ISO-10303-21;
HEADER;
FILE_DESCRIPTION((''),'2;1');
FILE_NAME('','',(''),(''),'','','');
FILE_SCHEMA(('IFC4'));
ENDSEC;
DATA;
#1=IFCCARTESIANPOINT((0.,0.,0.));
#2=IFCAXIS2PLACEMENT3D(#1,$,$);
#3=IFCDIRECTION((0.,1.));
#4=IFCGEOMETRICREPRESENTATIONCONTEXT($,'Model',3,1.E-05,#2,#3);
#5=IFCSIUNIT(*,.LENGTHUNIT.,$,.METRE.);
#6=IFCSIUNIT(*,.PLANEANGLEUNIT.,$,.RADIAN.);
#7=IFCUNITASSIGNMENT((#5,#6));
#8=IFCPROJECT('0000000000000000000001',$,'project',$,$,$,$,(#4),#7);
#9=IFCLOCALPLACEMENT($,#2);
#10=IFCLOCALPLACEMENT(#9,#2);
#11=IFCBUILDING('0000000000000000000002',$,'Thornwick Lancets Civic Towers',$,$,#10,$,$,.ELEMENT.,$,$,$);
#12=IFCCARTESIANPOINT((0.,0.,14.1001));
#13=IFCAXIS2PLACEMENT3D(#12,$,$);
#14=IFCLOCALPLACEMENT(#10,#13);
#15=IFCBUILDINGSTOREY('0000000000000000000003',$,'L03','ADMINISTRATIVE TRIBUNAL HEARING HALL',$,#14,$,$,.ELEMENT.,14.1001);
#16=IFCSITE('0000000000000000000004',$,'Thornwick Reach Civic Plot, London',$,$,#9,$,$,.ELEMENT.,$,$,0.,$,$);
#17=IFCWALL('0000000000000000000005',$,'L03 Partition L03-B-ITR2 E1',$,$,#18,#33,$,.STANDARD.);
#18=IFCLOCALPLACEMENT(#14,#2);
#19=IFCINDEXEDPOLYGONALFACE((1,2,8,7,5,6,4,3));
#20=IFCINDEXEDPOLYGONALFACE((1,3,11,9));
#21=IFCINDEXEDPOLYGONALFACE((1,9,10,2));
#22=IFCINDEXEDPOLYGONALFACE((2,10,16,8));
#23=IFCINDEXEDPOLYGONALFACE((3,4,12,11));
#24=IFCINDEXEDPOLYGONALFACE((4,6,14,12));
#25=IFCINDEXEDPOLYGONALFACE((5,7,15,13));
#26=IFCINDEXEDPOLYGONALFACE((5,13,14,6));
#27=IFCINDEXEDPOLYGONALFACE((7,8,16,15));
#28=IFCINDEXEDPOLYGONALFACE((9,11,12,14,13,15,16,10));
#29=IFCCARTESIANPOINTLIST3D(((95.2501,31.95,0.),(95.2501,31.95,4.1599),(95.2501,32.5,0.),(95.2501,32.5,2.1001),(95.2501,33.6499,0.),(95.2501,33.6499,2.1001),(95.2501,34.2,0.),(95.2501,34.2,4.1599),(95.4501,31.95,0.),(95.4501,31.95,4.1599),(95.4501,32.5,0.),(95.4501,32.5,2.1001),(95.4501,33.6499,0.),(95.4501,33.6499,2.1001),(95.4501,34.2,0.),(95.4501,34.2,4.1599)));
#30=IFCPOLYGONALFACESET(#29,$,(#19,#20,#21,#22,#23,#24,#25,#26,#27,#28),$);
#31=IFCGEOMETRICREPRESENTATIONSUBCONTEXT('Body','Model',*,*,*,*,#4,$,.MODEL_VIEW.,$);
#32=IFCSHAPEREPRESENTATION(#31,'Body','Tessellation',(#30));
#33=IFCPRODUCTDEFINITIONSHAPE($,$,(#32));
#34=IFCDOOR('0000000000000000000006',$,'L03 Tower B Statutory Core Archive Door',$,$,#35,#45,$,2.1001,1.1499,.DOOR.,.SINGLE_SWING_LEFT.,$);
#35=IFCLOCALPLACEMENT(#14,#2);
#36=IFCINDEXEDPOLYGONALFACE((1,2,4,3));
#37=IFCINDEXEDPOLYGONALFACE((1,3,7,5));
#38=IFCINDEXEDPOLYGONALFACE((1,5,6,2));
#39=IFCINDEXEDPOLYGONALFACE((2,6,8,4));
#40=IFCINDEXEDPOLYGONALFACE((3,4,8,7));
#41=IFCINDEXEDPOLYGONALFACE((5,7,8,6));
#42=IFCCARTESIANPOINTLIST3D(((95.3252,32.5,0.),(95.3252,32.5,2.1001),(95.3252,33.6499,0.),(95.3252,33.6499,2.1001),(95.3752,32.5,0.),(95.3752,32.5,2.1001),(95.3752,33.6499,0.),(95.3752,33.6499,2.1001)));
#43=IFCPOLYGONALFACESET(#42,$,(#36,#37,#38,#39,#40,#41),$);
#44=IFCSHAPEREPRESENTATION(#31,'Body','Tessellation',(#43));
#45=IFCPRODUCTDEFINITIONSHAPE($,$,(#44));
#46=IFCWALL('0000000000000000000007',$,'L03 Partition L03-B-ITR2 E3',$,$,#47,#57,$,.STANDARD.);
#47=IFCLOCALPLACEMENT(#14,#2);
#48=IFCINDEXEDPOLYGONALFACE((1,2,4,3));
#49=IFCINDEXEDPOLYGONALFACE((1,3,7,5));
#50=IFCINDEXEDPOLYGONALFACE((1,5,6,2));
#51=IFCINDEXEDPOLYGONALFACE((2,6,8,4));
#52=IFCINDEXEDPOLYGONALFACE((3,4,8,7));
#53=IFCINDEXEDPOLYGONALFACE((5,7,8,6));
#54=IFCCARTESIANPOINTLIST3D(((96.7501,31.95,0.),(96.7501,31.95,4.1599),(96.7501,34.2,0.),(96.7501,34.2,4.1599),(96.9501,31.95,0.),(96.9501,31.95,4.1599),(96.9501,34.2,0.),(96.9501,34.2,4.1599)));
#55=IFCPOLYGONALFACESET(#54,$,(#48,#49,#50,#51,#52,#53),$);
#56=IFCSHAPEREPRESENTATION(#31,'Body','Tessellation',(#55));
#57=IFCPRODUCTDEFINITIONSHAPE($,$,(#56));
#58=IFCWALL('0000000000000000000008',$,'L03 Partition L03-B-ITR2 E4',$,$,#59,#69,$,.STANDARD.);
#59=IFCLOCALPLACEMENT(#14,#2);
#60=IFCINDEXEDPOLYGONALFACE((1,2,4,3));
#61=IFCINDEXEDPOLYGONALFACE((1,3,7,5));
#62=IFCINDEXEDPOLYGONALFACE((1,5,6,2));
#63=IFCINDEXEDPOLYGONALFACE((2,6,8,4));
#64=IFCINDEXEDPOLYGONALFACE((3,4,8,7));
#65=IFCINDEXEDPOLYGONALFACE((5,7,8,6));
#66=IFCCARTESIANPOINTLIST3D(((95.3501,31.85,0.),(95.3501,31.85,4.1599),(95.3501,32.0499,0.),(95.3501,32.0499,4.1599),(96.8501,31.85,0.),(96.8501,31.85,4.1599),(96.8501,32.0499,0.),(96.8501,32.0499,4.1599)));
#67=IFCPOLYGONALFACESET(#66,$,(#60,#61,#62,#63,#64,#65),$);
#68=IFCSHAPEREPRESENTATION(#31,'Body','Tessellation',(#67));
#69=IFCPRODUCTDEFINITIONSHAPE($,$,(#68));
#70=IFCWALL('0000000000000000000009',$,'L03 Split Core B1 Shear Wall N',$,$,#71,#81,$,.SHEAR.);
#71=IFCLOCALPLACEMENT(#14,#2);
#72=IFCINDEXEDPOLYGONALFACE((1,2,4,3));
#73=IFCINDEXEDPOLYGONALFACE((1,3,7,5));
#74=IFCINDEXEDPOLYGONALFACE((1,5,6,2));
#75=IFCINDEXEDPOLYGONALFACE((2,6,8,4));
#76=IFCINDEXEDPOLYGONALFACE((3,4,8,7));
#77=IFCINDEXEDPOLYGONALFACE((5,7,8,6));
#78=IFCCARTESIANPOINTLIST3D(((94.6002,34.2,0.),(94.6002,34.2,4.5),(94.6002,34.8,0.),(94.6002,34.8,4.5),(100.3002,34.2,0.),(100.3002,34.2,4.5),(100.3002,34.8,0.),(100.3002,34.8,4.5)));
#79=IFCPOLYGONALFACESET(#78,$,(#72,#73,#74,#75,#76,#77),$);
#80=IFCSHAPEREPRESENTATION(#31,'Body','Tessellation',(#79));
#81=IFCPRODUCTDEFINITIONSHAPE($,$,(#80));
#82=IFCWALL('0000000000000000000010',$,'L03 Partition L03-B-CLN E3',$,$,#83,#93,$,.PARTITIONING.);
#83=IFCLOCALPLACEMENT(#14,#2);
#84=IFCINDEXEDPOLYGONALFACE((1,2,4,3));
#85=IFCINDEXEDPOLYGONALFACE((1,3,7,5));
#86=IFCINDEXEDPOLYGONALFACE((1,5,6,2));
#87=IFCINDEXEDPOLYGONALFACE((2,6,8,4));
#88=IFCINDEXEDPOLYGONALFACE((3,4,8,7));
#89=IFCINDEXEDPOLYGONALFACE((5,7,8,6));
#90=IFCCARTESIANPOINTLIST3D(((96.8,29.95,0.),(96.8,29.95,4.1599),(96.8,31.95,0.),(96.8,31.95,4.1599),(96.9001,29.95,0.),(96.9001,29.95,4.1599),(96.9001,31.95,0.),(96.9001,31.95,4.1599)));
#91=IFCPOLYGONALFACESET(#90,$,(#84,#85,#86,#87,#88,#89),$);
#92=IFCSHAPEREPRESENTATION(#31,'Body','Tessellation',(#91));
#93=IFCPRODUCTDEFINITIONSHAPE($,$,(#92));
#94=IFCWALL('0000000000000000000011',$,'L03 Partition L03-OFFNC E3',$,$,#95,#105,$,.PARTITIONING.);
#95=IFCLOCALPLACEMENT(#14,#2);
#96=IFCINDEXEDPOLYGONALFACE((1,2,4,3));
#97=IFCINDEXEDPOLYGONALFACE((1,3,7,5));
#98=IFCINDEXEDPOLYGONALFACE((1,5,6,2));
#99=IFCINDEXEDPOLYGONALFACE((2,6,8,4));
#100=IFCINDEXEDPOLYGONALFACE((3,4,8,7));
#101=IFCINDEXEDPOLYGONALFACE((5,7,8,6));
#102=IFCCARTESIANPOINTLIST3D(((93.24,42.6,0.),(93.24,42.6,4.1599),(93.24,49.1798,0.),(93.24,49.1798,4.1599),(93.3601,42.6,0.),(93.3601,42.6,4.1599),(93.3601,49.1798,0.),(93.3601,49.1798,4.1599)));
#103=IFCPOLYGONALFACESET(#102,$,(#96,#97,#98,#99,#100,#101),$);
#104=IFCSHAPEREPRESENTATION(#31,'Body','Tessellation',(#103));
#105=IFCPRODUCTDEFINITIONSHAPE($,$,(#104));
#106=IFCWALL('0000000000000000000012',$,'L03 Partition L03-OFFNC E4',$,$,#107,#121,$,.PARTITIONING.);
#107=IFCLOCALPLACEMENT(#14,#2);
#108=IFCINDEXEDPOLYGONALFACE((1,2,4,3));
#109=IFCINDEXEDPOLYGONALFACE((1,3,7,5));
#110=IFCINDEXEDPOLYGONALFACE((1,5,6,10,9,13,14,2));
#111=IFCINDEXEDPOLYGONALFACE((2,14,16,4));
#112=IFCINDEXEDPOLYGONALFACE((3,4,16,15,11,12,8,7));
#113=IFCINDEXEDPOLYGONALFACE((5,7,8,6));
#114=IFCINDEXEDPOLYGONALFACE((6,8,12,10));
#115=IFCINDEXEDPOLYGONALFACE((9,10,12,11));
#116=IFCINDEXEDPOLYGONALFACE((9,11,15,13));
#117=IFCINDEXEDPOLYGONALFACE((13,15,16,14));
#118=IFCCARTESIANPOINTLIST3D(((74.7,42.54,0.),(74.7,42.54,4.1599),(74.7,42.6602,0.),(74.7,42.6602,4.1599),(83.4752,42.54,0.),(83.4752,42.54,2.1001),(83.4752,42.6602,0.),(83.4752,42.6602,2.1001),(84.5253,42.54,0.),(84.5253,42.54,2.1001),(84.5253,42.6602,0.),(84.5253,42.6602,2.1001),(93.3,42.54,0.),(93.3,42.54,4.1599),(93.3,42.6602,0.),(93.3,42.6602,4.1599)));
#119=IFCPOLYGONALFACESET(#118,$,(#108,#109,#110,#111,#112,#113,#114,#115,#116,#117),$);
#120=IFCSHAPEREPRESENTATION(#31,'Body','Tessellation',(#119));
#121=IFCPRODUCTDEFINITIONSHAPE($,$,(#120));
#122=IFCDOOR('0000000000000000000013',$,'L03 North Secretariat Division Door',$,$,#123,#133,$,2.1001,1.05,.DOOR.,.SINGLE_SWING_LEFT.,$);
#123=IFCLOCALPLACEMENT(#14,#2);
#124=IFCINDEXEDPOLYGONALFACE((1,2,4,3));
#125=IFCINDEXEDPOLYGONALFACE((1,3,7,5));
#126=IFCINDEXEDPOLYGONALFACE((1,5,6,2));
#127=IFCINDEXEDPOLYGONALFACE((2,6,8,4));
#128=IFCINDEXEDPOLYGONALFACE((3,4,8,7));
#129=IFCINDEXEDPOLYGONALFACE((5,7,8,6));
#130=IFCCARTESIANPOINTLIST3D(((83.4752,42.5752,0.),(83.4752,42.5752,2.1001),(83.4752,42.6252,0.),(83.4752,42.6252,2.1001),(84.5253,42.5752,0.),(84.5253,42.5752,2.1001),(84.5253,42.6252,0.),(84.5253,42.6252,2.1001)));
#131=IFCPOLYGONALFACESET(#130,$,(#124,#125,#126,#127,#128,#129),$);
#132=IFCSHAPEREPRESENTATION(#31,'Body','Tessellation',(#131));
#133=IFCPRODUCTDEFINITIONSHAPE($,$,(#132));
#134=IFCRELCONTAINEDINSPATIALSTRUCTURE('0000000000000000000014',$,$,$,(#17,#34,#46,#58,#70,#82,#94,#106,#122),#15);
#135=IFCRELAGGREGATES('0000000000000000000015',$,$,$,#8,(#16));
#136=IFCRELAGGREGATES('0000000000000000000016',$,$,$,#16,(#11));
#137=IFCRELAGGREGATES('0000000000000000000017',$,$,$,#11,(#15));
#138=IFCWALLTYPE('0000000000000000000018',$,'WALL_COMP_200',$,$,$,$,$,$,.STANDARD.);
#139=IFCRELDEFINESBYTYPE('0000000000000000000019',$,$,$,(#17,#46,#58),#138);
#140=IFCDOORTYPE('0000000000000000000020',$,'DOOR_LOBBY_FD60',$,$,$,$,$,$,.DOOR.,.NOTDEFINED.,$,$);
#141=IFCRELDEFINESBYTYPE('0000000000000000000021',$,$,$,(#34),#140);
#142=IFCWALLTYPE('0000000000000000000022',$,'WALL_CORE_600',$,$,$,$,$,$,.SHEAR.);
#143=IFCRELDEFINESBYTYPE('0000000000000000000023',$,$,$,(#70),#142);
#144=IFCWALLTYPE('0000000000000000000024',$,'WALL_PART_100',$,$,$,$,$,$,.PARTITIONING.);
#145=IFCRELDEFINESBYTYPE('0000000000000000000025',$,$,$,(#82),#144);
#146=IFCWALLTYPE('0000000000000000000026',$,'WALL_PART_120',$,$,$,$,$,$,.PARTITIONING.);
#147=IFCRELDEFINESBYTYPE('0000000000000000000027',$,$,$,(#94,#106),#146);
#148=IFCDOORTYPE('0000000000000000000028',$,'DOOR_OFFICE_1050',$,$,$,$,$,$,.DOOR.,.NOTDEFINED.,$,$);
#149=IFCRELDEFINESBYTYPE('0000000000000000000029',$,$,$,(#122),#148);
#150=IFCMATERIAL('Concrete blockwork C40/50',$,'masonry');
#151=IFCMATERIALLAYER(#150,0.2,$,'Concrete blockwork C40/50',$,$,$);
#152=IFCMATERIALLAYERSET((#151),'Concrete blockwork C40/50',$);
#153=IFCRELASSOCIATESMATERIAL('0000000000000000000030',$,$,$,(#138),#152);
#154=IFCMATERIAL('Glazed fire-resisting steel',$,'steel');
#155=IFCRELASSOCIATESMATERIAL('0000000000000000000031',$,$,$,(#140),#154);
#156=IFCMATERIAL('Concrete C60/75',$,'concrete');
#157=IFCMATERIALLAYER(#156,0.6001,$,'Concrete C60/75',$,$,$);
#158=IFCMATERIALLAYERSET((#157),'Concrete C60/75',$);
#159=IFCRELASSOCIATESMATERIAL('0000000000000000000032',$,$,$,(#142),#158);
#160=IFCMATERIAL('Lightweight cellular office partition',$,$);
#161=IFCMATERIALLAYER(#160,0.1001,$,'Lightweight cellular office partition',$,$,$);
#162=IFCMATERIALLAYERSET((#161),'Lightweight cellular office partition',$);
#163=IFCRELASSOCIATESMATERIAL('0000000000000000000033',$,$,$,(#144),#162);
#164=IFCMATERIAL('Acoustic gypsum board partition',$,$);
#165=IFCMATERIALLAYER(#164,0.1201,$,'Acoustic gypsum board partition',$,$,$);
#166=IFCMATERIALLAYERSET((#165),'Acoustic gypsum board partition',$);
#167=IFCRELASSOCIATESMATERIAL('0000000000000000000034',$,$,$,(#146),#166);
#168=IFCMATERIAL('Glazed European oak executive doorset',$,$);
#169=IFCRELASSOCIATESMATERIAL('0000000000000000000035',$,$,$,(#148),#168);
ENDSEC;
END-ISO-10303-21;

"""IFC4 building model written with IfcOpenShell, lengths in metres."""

from ifc_helpers import new_model, si_unit, direction, frame, frame_2d, origin, place, context, subcontext, project, spatial, rectangle, extrude, material, layer, layer_set, type_object, element, fill, save


model = new_model("IFC4")

# Units and contexts
model_context = context("Model", 3, precision=1e-05, world=origin(), true_north=direction((0.0, 1.0)))
body_context = subcontext(model_context, "Body", "Model", "MODEL_VIEW")
ifc_project = project(units=[si_unit("LENGTHUNIT", "METRE"), si_unit("PLANEANGLEUNIT", "RADIAN")], contexts=[model_context])

# Site, building, storey
site_placement = place(None, origin())
site = spatial("IfcSite", under=ifc_project, at=site_placement, Name="Thornwick Reach Civic Plot, London", CompositionType="ELEMENT", RefElevation=0.0)
building_placement = place(site_placement, origin())
building = spatial("IfcBuilding", under=site, at=building_placement, Name="Thornwick Lancets Civic Towers", CompositionType="ELEMENT")
storey_placement = place(building_placement, frame((0.0, 0.0, 14.1001)))
storey = spatial("IfcBuildingStorey", under=building, at=storey_placement, Name="L03", Description="ADMINISTRATIVE TRIBUNAL HEARING HALL", CompositionType="ELEMENT", Elevation=14.1001)

# Shared definitions
ifc_material_1 = material(Name="Concrete C60/75", Category="concrete")

# Shared definitions
ifc_material_2 = material(Name="Concrete blockwork C40/50", Category="masonry")
ifc_layer_1 = layer(ifc_material_2, 0.2, Name="Concrete blockwork C40/50")
ifc_layer_set_1 = layer_set([ifc_layer_1], Name="Concrete blockwork C40/50")
wall_type_1 = type_object("IfcWallType", Name="WALL_COMP_200", PredefinedType="STANDARD", material=ifc_layer_set_1)
ifc_material_3 = material(Name="Glazed fire-resisting steel", Category="steel")
door_type_1 = type_object("IfcDoorType", Name="DOOR_LOBBY_FD60", OperationType="NOTDEFINED", PredefinedType="DOOR", material=ifc_material_3)

# Wall, opening, door
wall_1_placement = place(storey_placement, frame((95.3501, 31.95, 0.0), z_axis=(0.0, 0.0, 1.0), x_axis=(0.0, 1.0, 0.0)))
wall_1 = element("IfcWall", 1, at=wall_1_placement, inside=storey, type_object=wall_type_1, Name="L03 Partition L03-B-ITR2 E1", PredefinedType="STANDARD", context=body_context, shape_type="SweptSolid", body=[
    extrude(rectangle(XDim=2.25, YDim=0.2, at=frame_2d((1.125, 0.0))), origin(), (0.0, 0.0, 1.0), 4.1599),
])
opening_1_placement = place(wall_1_placement, frame((0.55, 0.0, 0.0)))
opening_1 = element("IfcOpeningElement", 2, at=opening_1_placement, cuts=wall_1, PredefinedType="OPENING", context=body_context, shape_type="SweptSolid", body=[
    extrude(rectangle(XDim=1.1499, YDim=2.1001, at=frame_2d((0.575, 1.05))), frame((0.0, 0.1099, 0.0), z_axis=(0.0, -1.0, 0.0), x_axis=(1.0, 0.0, 0.0)), (0.0, 0.0, 1.0), 0.22),
])
door_1_placement = place(opening_1_placement, origin())
door_1 = element("IfcDoor", 3, at=door_1_placement, inside=storey, type_object=door_type_1, Name="L03 Tower B Statutory Core Archive Door", OperationType="SINGLE_SWING_LEFT", OverallHeight=2.1001, OverallWidth=1.1499, PredefinedType="DOOR", context=body_context, shape_type="SweptSolid", body=[
    extrude(rectangle(XDim=1.1499, YDim=2.1001, at=frame_2d((0.575, 1.05))), frame((0.0, 0.0249, 0.0), z_axis=(0.0, -1.0, 0.0), x_axis=(1.0, 0.0, 0.0)), (0.0, 0.0, 1.0), 0.05),
])
fill(opening_1, door_1)

# Walls
wall_2_placement = place(storey_placement, frame((96.8501, 34.2, 0.0), z_axis=(0.0, 0.0, 1.0), x_axis=(0.0, -1.0, 0.0)))
element("IfcWall", 4, at=wall_2_placement, inside=storey, type_object=wall_type_1, Name="L03 Partition L03-B-ITR2 E3", PredefinedType="STANDARD", context=body_context, shape_type="SweptSolid", body=[
    extrude(rectangle(XDim=2.25, YDim=0.2, at=frame_2d((1.125, 0.0))), origin(), (0.0, 0.0, 1.0), 4.1599),
])
wall_3_placement = place(storey_placement, frame((96.8501, 31.95, 0.0), z_axis=(0.0, 0.0, 1.0), x_axis=(-1.0, 0.0, 0.0)))
element("IfcWall", 5, at=wall_3_placement, inside=storey, type_object=wall_type_1, Name="L03 Partition L03-B-ITR2 E4", PredefinedType="STANDARD", context=body_context, shape_type="SweptSolid", body=[
    extrude(rectangle(XDim=1.5, YDim=0.2, at=frame_2d((0.75, 0.0))), origin(), (0.0, 0.0, 1.0), 4.1599),
])
ifc_layer_2 = layer(ifc_material_1, 0.6001, Name="Concrete C60/75")
ifc_layer_set_2 = layer_set([ifc_layer_2], Name="Concrete C60/75")
wall_type_2 = type_object("IfcWallType", Name="WALL_CORE_600", PredefinedType="SHEAR", material=ifc_layer_set_2)
wall_4_placement = place(storey_placement, frame((94.6001, 34.5, 0.0), z_axis=(0.0, 0.0, 1.0), x_axis=(1.0, 0.0, 0.0)))
element("IfcWall", 6, at=wall_4_placement, inside=storey, type_object=wall_type_2, Name="L03 Split Core B1 Shear Wall N", PredefinedType="SHEAR", context=body_context, shape_type="SweptSolid", body=[
    extrude(rectangle(XDim=5.7, YDim=0.6001, at=frame_2d((2.8501, 0.0))), origin(), (0.0, 0.0, 1.0), 4.5),
])
ifc_material_4 = material(Name="Lightweight cellular office partition")
ifc_layer_3 = layer(ifc_material_4, 0.1001, Name="Lightweight cellular office partition")
ifc_layer_set_3 = layer_set([ifc_layer_3], Name="Lightweight cellular office partition")
wall_type_3 = type_object("IfcWallType", Name="WALL_PART_100", PredefinedType="PARTITIONING", material=ifc_layer_set_3)
wall_5_placement = place(storey_placement, frame((96.8501, 31.95, 0.0), z_axis=(0.0, 0.0, 1.0), x_axis=(0.0, -1.0, 0.0)))
element("IfcWall", 7, at=wall_5_placement, inside=storey, type_object=wall_type_3, Name="L03 Partition L03-B-CLN E3", PredefinedType="PARTITIONING", context=body_context, shape_type="SweptSolid", body=[
    extrude(rectangle(XDim=2.0, YDim=0.1001, at=frame_2d((1.0, 0.0))), origin(), (0.0, 0.0, 1.0), 4.1599),
])
ifc_material_5 = material(Name="Acoustic gypsum board partition")
ifc_layer_4 = layer(ifc_material_5, 0.1201, Name="Acoustic gypsum board partition")
ifc_layer_set_4 = layer_set([ifc_layer_4], Name="Acoustic gypsum board partition")
wall_type_4 = type_object("IfcWallType", Name="WALL_PART_120", PredefinedType="PARTITIONING", material=ifc_layer_set_4)
wall_6_placement = place(storey_placement, frame((93.3, 49.1799, 0.0), z_axis=(0.0, 0.0, 1.0), x_axis=(0.0, -1.0, 0.0)))
element("IfcWall", 8, at=wall_6_placement, inside=storey, type_object=wall_type_4, Name="L03 Partition L03-OFFNC E3", PredefinedType="PARTITIONING", context=body_context, shape_type="SweptSolid", body=[
    extrude(rectangle(XDim=6.5798, YDim=0.1201, at=frame_2d((3.29, 0.0))), origin(), (0.0, 0.0, 1.0), 4.1599),
])

# Wall, opening, door
wall_7_placement = place(storey_placement, frame((93.3, 42.6001, 0.0), z_axis=(0.0, 0.0, 1.0), x_axis=(-1.0, 0.0, 0.0)))
wall_7 = element("IfcWall", 9, at=wall_7_placement, inside=storey, type_object=wall_type_4, Name="L03 Partition L03-OFFNC E4", PredefinedType="PARTITIONING", context=body_context, shape_type="SweptSolid", body=[
    extrude(rectangle(XDim=18.6001, YDim=0.1201, at=frame_2d((9.3, 0.0))), origin(), (0.0, 0.0, 1.0), 4.1599),
])
opening_2_placement = place(wall_7_placement, frame((8.7749, 0.0, 0.0)))
opening_2 = element("IfcOpeningElement", 10, at=opening_2_placement, cuts=wall_7, PredefinedType="OPENING", context=body_context, shape_type="SweptSolid", body=[
    extrude(rectangle(XDim=1.05, YDim=2.1001, at=frame_2d((0.5249, 1.05))), frame((0.0, 0.0701, 0.0), z_axis=(0.0, -1.0, 0.0), x_axis=(1.0, 0.0, 0.0)), (0.0, 0.0, 1.0), 0.1401),
])
ifc_material_6 = material(Name="Glazed European oak executive doorset")
door_type_2 = type_object("IfcDoorType", Name="DOOR_OFFICE_1050", OperationType="NOTDEFINED", PredefinedType="DOOR", material=ifc_material_6)
door_2_placement = place(opening_2_placement, origin())
door_2 = element("IfcDoor", 11, at=door_2_placement, inside=storey, type_object=door_type_2, Name="L03 North Secretariat Division Door", OperationType="SINGLE_SWING_LEFT", OverallHeight=2.1001, OverallWidth=1.05, PredefinedType="DOOR", context=body_context, shape_type="SweptSolid", body=[
    extrude(rectangle(XDim=1.05, YDim=2.1001, at=frame_2d((0.5249, 1.05))), frame((0.0, 0.0249, 0.0), z_axis=(0.0, -1.0, 0.0), x_axis=(1.0, 0.0, 0.0)), (0.0, 0.0, 1.0), 0.05),
])
fill(opening_2, door_2)

save(model, "model.ifc")
